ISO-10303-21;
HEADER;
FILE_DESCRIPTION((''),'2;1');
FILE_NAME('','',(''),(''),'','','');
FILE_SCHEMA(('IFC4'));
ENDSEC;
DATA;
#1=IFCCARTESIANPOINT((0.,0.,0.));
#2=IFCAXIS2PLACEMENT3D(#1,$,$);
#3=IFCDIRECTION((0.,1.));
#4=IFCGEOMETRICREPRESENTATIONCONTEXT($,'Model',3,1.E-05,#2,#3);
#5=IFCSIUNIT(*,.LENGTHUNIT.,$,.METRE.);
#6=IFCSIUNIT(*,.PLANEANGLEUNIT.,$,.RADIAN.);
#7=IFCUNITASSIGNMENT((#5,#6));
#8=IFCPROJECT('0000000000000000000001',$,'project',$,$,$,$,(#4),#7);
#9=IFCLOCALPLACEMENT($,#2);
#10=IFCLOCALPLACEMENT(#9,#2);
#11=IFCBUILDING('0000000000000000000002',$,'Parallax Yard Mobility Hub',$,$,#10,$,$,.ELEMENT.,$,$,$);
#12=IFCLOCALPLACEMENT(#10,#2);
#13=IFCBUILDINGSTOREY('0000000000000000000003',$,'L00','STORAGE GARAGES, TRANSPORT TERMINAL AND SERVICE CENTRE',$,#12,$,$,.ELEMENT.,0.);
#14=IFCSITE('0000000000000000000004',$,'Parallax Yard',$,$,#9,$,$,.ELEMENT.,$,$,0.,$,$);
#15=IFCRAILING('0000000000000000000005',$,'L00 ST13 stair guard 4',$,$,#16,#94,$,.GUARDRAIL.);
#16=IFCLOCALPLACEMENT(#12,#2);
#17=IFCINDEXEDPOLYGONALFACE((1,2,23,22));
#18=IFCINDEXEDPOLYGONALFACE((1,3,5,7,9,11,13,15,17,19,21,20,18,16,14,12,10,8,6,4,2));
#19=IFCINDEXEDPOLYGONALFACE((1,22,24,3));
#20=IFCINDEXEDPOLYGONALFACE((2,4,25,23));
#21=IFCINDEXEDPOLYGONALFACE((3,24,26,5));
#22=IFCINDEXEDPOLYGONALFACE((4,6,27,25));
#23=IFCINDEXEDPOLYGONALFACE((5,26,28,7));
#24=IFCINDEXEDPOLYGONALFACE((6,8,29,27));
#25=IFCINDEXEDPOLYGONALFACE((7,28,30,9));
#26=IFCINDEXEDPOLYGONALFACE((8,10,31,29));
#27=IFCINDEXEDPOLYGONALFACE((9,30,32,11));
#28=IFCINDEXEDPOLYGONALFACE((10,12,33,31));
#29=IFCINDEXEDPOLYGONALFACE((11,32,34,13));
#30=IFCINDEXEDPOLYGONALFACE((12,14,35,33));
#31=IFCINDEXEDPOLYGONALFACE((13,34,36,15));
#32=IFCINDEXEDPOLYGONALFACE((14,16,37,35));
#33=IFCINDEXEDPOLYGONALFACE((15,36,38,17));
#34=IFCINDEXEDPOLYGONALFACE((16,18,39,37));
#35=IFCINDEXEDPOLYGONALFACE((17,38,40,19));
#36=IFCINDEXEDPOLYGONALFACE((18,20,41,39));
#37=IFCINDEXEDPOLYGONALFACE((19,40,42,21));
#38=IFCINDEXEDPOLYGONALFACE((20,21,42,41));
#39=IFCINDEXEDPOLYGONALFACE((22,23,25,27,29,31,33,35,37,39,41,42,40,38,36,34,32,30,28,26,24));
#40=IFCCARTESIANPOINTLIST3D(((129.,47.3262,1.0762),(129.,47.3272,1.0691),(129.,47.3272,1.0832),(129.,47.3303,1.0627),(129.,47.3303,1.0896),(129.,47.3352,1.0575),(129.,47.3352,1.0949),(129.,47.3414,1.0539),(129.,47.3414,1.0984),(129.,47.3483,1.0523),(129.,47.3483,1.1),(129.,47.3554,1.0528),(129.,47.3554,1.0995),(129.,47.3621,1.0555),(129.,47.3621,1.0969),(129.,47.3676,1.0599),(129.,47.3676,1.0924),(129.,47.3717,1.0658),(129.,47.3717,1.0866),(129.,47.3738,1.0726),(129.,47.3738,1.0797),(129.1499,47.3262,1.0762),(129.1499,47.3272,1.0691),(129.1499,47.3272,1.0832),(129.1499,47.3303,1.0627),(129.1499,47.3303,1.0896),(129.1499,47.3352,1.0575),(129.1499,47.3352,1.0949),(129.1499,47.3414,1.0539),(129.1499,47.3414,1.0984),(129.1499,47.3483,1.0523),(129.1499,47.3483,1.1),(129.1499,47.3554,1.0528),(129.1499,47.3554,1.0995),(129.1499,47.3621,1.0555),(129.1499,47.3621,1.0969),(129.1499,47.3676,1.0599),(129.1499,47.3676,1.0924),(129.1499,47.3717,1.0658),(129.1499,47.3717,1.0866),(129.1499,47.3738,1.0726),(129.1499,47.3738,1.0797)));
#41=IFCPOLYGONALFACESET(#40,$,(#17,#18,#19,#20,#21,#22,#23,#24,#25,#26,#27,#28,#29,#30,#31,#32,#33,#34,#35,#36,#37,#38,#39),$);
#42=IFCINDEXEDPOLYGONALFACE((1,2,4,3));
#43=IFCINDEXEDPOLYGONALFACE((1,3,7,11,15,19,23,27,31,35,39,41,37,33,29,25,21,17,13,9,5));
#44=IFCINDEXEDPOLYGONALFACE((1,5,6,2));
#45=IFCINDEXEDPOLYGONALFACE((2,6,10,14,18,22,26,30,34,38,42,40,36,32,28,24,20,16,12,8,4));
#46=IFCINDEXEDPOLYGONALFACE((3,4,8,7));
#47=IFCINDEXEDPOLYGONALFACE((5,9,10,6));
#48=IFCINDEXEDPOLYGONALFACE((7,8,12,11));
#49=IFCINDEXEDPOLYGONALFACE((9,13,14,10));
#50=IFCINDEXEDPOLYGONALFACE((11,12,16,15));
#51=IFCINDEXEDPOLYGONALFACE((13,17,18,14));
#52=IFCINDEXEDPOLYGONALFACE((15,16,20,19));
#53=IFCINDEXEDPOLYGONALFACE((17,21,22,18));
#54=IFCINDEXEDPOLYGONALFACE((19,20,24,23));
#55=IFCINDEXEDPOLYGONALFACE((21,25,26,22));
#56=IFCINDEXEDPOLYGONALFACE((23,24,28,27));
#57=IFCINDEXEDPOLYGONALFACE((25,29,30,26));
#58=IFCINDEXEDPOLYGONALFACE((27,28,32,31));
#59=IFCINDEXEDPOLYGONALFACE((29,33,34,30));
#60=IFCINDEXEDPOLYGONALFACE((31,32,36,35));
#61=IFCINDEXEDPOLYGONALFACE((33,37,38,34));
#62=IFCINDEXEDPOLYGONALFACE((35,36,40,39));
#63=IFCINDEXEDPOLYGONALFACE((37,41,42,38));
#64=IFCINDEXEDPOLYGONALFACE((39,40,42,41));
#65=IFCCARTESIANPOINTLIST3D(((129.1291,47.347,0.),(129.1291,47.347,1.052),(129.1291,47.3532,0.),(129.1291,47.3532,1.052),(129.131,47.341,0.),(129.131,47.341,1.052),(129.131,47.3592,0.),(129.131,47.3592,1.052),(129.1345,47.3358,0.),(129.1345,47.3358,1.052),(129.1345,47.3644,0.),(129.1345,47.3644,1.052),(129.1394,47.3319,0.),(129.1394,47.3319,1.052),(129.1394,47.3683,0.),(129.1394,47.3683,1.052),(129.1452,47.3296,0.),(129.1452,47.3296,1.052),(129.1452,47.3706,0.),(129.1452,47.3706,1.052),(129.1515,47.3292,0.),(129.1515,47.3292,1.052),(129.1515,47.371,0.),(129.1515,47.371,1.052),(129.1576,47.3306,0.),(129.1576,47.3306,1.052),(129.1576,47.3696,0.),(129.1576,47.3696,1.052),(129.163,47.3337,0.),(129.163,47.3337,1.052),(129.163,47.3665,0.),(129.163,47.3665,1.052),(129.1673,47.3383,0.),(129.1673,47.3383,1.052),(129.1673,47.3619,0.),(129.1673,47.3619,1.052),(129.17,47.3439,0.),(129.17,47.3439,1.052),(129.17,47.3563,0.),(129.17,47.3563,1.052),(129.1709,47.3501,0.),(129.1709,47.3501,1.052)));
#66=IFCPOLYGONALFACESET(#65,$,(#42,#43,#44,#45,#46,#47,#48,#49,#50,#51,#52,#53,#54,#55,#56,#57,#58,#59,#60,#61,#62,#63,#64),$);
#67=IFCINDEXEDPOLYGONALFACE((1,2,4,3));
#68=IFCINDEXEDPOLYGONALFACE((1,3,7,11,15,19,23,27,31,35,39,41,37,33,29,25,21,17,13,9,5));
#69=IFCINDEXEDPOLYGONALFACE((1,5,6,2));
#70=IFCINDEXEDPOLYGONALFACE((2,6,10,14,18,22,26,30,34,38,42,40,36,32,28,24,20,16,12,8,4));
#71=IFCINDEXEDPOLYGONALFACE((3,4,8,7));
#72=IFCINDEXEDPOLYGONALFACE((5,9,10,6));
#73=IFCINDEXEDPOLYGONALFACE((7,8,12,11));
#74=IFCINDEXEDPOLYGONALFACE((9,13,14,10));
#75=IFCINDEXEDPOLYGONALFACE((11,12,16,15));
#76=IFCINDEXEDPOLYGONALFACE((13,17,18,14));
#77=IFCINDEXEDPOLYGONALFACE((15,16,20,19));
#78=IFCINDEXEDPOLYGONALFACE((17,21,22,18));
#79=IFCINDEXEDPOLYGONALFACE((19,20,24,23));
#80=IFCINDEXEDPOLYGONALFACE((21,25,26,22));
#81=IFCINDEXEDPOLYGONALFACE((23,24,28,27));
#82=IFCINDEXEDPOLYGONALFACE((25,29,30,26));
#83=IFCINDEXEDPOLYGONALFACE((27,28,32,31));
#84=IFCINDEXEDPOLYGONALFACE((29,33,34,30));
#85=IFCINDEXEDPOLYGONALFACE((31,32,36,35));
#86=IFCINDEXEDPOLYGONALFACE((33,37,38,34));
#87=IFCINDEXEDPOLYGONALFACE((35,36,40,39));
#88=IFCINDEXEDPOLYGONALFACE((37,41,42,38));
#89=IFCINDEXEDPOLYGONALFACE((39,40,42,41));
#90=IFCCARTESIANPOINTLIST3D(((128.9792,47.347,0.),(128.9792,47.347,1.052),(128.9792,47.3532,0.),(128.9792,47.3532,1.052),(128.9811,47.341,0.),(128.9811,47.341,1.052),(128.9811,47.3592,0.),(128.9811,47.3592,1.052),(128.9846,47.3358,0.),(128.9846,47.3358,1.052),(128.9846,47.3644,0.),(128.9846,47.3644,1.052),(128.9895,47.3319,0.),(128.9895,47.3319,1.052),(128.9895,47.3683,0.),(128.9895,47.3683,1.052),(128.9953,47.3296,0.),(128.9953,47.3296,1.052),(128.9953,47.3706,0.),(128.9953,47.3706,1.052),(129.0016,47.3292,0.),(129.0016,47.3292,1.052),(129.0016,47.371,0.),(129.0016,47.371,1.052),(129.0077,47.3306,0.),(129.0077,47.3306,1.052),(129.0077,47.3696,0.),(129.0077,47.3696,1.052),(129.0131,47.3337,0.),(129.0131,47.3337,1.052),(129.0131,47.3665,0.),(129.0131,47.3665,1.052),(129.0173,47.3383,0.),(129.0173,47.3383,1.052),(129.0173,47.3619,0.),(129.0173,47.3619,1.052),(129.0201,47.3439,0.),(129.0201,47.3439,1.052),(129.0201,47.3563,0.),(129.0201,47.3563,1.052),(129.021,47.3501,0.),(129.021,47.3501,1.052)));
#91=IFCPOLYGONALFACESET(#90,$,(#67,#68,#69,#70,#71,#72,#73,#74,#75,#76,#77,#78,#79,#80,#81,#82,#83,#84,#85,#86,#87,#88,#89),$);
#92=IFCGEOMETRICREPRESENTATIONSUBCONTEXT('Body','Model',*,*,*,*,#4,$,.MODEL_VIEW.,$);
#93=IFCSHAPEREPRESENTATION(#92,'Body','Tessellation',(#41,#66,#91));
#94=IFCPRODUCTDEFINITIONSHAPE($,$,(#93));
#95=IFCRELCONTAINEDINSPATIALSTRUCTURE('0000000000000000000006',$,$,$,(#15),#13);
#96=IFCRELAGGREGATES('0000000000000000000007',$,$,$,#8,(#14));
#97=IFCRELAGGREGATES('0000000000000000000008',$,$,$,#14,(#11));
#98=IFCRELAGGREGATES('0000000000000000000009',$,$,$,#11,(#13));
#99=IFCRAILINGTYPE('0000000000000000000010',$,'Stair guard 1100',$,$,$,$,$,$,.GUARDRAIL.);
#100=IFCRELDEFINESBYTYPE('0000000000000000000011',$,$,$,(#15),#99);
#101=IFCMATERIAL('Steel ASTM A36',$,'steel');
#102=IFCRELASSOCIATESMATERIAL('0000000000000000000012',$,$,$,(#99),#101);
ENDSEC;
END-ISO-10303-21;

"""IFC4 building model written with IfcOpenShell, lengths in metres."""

from ifc_helpers import new_model, si_unit, direction, frame, origin, origin_2d, place, context, subcontext, project, spatial, circle, extrude, material, type_object, element, save


model = new_model("IFC4")

# Units and contexts
model_context = context("Model", 3, precision=1e-05, world=origin(), true_north=direction((0.0, 1.0)))
body_context = subcontext(model_context, "Body", "Model", "MODEL_VIEW")
ifc_project = project(units=[si_unit("LENGTHUNIT", "METRE"), si_unit("PLANEANGLEUNIT", "RADIAN")], contexts=[model_context])

# Site, building, storey
site_placement = place(None, origin())
site = spatial("IfcSite", under=ifc_project, at=site_placement, Name="Parallax Yard", CompositionType="ELEMENT", RefElevation=0.0)
building_placement = place(site_placement, origin())
building = spatial("IfcBuilding", under=site, at=building_placement, Name="Parallax Yard Mobility Hub", CompositionType="ELEMENT")
storey_placement = place(building_placement, origin())
storey = spatial("IfcBuildingStorey", under=building, at=storey_placement, Name="L00", Description="STORAGE GARAGES, TRANSPORT TERMINAL AND SERVICE CENTRE", CompositionType="ELEMENT", Elevation=0.0)

# Railing
ifc_material_1 = material(Name="Steel ASTM A36", Category="steel")
railing_type_1 = type_object("IfcRailingType", Name="Stair guard 1100", PredefinedType="GUARDRAIL", material=ifc_material_1)
railing_1_placement = place(storey_placement, frame((129.1499, 47.3501, 0.0)))
element("IfcRailing", 1, at=railing_1_placement, inside=storey, type_object=railing_type_1, Name="L00 ST13 stair guard 4", PredefinedType="GUARDRAIL", context=body_context, shape_type="SweptSolid", body=[
    extrude(circle(Radius=0.0239, at=origin_2d()), frame((0.0, 0.0, 1.0762), z_axis=(-1.0, 0.0, 0.0), x_axis=(0.0, -1.0, 0.0)), (0.0, 0.0, 1.0), 0.1499),
    extrude(circle(Radius=0.021, at=origin_2d()), origin(), (0.0, 0.0, 1.0), 1.052),
    extrude(circle(Radius=0.021, at=origin_2d()), frame((-0.1499, 0.0, 0.0)), (0.0, 0.0, 1.0), 1.052),
])

save(model, "model.ifc")
